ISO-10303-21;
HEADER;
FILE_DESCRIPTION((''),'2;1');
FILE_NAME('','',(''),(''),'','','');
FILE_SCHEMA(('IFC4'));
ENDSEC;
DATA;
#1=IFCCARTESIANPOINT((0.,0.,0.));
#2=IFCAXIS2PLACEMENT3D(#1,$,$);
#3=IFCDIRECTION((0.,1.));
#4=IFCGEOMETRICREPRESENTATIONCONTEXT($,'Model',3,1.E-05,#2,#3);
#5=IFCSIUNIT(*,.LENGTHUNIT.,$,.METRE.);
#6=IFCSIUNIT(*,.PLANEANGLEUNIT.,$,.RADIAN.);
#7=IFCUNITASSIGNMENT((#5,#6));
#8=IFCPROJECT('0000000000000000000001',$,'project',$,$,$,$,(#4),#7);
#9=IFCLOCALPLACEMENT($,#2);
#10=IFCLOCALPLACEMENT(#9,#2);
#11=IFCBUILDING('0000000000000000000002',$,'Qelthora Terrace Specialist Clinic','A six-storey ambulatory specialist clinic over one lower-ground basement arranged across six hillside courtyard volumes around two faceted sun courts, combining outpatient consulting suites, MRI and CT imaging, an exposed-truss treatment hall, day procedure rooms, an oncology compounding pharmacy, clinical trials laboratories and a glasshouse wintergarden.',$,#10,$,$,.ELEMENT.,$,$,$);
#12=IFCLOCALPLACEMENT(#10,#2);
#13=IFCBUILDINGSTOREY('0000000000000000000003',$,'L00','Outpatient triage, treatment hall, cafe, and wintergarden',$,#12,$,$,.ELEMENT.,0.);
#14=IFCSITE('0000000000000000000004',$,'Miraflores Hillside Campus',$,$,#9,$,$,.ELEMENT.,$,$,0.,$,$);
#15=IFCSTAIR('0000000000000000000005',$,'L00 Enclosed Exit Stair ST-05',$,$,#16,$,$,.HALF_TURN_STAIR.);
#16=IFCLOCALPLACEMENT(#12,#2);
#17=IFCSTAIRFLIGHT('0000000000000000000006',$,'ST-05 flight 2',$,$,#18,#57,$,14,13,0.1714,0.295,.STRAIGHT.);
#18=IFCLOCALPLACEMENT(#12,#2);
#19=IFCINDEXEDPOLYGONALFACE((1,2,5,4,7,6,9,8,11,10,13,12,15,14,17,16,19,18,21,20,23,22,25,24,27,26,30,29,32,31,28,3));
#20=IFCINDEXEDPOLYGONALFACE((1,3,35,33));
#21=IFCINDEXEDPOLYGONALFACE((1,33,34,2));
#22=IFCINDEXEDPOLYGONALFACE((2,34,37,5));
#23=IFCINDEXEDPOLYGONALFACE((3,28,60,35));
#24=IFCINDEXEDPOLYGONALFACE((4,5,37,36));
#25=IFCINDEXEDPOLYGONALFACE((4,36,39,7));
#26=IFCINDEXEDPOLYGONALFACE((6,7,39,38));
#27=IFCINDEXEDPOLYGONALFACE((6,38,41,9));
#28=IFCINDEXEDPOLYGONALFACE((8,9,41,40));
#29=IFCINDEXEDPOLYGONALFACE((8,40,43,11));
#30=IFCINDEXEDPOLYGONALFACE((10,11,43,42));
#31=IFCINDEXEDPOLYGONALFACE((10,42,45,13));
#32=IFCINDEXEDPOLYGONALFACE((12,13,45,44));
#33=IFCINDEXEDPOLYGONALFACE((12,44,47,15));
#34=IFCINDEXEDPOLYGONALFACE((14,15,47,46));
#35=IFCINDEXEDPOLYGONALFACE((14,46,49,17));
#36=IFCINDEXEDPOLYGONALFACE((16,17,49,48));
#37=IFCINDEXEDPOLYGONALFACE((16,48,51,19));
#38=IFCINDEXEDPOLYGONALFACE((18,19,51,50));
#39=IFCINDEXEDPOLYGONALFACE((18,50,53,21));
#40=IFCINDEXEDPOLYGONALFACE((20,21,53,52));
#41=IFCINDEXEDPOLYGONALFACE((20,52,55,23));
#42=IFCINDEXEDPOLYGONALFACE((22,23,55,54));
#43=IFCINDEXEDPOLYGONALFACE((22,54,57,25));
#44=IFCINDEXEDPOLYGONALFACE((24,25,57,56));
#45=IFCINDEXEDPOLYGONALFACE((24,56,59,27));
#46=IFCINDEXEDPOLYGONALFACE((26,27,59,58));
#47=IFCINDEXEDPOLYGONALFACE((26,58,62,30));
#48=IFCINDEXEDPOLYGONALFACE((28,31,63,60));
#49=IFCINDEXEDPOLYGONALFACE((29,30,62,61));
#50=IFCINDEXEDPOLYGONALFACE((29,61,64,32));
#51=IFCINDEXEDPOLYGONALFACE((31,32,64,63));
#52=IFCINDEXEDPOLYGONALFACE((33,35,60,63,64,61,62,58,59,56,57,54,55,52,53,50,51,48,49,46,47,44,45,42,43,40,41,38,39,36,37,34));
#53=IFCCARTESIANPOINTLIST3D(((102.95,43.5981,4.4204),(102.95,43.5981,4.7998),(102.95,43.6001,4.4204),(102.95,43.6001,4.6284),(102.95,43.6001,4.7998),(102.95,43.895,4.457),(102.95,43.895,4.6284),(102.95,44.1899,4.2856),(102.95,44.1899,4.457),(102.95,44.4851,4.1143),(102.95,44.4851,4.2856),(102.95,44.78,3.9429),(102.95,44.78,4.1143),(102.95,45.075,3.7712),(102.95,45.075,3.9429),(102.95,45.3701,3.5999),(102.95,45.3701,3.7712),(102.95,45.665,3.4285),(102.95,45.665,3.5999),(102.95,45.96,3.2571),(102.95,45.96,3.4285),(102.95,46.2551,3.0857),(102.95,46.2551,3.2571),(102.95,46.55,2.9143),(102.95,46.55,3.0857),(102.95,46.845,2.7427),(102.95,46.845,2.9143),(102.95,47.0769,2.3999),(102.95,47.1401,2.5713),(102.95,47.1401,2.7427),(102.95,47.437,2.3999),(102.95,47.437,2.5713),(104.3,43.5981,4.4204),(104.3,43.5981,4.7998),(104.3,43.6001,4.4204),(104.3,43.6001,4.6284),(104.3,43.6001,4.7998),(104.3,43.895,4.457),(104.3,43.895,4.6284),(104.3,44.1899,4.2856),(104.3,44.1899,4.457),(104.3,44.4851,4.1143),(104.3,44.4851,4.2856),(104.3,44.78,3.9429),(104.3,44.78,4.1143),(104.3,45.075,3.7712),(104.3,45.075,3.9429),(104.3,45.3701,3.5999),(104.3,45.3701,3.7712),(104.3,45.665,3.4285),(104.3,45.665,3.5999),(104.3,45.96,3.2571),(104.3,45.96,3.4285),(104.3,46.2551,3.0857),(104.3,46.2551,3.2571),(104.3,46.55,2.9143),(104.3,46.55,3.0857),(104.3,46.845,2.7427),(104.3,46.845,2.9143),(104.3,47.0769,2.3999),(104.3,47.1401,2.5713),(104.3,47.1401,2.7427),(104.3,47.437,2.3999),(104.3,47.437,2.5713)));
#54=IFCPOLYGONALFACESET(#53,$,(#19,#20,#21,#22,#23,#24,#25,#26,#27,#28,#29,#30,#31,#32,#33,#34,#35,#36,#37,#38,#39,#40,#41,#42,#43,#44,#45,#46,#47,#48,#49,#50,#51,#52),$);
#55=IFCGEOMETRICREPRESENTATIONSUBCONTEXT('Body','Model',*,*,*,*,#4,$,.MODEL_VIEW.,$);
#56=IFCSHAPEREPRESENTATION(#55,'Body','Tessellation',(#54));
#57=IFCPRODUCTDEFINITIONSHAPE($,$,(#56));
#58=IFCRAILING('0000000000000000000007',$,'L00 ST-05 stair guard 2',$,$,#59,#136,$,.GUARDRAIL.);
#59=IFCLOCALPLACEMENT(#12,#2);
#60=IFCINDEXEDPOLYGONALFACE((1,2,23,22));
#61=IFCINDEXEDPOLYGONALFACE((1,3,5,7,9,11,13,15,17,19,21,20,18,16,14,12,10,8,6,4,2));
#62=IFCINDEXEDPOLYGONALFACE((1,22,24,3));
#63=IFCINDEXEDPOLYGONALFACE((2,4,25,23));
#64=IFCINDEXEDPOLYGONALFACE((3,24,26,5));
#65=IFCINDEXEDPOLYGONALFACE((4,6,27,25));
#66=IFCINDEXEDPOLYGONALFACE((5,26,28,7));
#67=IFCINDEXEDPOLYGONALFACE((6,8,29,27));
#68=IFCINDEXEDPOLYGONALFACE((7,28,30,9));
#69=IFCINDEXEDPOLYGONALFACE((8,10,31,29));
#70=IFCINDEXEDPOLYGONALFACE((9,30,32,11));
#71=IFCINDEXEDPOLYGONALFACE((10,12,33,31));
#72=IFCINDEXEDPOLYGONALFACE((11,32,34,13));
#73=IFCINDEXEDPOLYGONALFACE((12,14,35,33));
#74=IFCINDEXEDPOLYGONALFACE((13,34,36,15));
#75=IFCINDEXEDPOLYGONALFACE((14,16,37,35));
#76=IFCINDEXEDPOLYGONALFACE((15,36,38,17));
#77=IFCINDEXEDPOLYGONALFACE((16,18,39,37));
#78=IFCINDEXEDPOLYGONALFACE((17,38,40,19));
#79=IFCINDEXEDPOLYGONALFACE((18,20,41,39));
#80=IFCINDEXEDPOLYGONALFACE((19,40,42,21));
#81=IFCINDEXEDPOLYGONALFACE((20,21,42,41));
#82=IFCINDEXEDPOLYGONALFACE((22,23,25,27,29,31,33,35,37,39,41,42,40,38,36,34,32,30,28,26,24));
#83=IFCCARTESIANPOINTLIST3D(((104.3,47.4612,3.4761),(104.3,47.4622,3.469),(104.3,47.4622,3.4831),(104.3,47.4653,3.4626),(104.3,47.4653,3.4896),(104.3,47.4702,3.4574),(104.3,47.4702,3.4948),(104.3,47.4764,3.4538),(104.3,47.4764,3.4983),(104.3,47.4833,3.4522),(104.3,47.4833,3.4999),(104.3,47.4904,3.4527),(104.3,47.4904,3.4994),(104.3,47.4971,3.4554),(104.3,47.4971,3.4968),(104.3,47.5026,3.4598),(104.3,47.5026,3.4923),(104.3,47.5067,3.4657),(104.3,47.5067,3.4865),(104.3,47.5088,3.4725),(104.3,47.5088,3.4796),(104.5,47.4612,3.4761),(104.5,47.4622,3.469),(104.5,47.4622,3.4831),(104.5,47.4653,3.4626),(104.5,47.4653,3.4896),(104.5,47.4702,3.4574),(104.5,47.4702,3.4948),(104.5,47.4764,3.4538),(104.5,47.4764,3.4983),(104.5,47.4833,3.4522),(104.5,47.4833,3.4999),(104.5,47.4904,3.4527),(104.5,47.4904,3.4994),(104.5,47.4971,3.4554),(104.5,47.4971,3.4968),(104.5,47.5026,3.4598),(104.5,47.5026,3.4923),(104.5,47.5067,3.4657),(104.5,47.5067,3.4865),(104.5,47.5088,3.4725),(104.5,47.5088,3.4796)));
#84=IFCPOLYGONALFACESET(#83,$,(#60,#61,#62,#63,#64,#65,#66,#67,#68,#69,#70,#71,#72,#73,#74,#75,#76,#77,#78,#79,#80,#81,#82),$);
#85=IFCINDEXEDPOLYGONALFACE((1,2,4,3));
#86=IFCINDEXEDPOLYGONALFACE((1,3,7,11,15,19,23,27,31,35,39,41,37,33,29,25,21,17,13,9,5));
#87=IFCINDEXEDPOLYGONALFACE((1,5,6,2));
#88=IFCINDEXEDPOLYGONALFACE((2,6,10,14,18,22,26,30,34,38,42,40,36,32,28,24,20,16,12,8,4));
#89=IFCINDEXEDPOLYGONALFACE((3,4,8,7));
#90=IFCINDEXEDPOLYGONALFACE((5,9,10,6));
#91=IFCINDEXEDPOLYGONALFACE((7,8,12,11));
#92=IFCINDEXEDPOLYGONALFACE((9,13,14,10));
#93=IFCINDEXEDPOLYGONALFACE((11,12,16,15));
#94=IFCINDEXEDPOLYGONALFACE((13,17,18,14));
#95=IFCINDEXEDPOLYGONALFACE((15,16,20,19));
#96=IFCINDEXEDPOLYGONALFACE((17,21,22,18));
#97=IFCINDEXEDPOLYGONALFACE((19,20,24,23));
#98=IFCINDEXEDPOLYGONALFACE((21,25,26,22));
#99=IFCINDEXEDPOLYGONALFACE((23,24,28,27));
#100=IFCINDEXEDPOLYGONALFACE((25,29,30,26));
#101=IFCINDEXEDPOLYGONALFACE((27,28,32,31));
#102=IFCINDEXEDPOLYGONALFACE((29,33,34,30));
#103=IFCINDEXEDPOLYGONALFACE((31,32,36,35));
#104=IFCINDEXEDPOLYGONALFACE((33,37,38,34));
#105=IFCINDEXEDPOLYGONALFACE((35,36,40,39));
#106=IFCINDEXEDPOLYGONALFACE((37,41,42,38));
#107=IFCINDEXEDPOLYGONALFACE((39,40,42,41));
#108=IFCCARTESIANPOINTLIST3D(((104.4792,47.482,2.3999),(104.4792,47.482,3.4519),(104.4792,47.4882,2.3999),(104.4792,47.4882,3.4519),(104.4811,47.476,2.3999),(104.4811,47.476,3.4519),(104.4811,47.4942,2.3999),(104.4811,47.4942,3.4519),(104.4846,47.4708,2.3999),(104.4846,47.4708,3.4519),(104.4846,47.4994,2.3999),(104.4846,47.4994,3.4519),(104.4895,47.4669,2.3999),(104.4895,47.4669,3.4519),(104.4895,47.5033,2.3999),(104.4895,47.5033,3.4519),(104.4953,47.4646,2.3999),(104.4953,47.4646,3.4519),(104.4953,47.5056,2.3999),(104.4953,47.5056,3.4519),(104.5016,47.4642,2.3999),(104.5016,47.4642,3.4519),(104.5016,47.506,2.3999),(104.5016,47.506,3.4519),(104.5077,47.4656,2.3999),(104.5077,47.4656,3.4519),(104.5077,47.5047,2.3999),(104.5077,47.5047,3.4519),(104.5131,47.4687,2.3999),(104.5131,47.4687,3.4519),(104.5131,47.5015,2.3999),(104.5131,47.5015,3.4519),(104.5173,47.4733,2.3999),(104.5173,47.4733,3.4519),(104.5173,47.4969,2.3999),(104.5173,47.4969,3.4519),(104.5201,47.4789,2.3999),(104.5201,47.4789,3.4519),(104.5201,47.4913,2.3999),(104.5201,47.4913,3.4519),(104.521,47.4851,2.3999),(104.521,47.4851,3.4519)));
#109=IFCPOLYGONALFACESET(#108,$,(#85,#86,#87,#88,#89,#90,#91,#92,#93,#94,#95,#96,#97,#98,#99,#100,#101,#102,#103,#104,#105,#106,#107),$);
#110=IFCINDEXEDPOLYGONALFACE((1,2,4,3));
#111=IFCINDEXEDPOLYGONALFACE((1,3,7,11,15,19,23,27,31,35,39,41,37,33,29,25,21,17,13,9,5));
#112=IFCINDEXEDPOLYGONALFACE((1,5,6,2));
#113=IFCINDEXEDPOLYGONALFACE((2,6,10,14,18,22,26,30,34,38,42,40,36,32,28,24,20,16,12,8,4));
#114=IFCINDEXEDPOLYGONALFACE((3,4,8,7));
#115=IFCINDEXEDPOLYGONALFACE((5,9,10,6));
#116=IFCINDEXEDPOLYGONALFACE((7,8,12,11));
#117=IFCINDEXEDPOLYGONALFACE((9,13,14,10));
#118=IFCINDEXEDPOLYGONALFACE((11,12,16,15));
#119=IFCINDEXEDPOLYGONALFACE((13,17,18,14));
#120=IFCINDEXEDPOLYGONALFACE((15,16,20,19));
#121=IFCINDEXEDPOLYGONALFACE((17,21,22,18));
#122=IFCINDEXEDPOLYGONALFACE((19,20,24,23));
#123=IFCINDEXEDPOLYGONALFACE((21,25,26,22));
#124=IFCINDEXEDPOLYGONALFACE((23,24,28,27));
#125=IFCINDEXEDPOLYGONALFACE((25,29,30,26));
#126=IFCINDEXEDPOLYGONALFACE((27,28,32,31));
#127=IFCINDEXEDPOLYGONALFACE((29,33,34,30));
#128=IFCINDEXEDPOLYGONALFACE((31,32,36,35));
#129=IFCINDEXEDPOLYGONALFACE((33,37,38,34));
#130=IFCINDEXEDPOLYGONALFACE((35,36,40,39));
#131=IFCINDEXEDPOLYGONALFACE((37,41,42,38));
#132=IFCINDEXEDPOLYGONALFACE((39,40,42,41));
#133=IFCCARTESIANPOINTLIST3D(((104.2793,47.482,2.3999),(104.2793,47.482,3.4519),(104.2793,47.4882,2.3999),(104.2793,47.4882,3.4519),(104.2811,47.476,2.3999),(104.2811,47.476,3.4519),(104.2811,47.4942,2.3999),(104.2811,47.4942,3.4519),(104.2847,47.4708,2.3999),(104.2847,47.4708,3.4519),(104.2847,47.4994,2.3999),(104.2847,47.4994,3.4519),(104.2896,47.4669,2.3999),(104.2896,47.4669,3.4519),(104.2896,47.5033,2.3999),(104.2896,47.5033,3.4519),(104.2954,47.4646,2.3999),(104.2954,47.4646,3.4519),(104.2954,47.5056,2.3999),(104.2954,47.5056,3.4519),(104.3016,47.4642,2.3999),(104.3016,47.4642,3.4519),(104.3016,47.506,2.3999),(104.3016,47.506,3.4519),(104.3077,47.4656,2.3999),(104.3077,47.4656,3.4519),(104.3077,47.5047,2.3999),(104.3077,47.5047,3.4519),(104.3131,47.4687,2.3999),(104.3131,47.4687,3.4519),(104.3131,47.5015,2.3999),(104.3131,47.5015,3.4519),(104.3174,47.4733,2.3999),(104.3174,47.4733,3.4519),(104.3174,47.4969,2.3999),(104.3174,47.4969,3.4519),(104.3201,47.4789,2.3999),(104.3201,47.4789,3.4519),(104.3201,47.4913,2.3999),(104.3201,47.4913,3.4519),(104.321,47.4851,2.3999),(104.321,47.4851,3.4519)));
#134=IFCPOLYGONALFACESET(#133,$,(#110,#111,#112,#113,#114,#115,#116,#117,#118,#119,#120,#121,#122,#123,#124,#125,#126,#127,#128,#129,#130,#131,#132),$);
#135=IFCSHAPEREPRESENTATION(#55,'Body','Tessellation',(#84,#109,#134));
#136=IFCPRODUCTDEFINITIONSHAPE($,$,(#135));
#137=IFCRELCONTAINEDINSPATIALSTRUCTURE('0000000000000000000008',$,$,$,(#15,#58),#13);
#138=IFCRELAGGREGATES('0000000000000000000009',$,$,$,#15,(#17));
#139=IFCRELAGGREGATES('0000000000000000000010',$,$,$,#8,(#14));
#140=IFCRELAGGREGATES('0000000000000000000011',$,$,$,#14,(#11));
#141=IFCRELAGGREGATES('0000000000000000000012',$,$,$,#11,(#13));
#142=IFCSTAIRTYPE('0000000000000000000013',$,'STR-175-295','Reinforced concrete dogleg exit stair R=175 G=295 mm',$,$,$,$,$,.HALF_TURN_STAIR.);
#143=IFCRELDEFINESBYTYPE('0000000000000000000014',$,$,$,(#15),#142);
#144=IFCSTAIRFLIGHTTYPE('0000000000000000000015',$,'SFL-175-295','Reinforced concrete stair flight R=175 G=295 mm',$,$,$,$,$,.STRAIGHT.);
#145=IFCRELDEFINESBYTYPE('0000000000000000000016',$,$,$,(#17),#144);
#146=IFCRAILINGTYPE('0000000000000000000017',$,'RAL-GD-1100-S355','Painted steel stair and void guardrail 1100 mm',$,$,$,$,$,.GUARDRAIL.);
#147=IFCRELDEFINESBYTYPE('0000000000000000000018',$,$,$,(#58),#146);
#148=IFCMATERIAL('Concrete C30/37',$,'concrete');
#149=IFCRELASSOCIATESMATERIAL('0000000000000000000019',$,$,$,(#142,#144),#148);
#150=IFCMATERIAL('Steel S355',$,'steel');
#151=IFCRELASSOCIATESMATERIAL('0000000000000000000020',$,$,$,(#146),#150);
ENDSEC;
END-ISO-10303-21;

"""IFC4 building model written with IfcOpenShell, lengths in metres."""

from ifc_helpers import new_model, si_unit, direction, frame, origin, origin_2d, place, context, subcontext, project, spatial, polyline, circle, outline, extrude, material, type_object, element, aggregate, save


model = new_model("IFC4")

# Units and contexts
model_context = context("Model", 3, precision=1e-05, world=origin(), true_north=direction((0.0, 1.0)))
body_context = subcontext(model_context, "Body", "Model", "MODEL_VIEW")
ifc_project = project(units=[si_unit("LENGTHUNIT", "METRE"), si_unit("PLANEANGLEUNIT", "RADIAN")], contexts=[model_context])

# Site, building, storey
site_placement = place(None, origin())
site = spatial("IfcSite", under=ifc_project, at=site_placement, Name="Miraflores Hillside Campus", CompositionType="ELEMENT", RefElevation=0.0)
building_placement = place(site_placement, origin())
building = spatial("IfcBuilding", under=site, at=building_placement, Name="Qelthora Terrace Specialist Clinic", Description="A six-storey ambulatory specialist clinic over one lower-ground basement arranged across six hillside courtyard volumes around two faceted sun courts, combining outpatient consulting suites, MRI and CT imaging, an exposed-truss treatment hall, day procedure rooms, an oncology compounding pharmacy, clinical trials laboratories and a glasshouse wintergarden.", CompositionType="ELEMENT")
storey_placement = place(building_placement, origin())
storey = spatial("IfcBuildingStorey", under=building, at=storey_placement, Name="L00", Description="Outpatient triage, treatment hall, cafe, and wintergarden", CompositionType="ELEMENT", Elevation=0.0)

# Shared definitions
ifc_material_1 = material(Name="Steel S355", Category="steel")

# Stair, stair flight
ifc_material_2 = material(Name="Concrete C30/37", Category="concrete")
stair_type = type_object("IfcStairType", Name="STR-175-295", Description="Reinforced concrete dogleg exit stair R=175 G=295 mm", PredefinedType="HALF_TURN_STAIR", material=ifc_material_2)
stair_placement = place(storey_placement, origin())
stair = element("IfcStair", 1, at=stair_placement, inside=storey, type_object=stair_type, Name="L00 Enclosed Exit Stair ST-05", PredefinedType="HALF_TURN_STAIR")
stair_flight_type = type_object("IfcStairFlightType", Name="SFL-175-295", Description="Reinforced concrete stair flight R=175 G=295 mm", PredefinedType="STRAIGHT", material=ifc_material_2)
stair_flight_1_placement = place(storey_placement, frame((103.625, 47.4351, 2.3999), z_axis=(0.0, 0.0, 1.0), x_axis=(0.0, -1.0, 0.0)))
stair_flight_1 = element("IfcStairFlight", 2, at=stair_flight_1_placement, type_object=stair_flight_type, Name="ST-05 flight 2", NumberOfRisers=14, NumberOfTreads=13, PredefinedType="STRAIGHT", RiserHeight=0.1714, TreadLength=0.295, context=body_context, shape_type="SweptSolid", body=[
    extrude(outline(polyline([(-0.002, 0.0), (-0.002, 0.1714), (0.2949, 0.1714), (0.2949, 0.3428), (0.5901, 0.3428), (0.5901, 0.5144), (0.885, 0.5144), (0.885, 0.6858), (1.1799, 0.6858), (1.1799, 0.8572), (1.4751, 0.8572), (1.4751, 1.0286), (1.77, 1.0286), (1.77, 1.2), (2.0649, 1.2), (2.0649, 1.3713), (2.3601, 1.3713), (2.3601, 1.543), (2.655, 1.543), (2.655, 1.7144), (2.95, 1.7144), (2.95, 1.8857), (3.2451, 1.8857), (3.2451, 2.0571), (3.54, 2.0571), (3.54, 2.2285), (3.835, 2.2285), (3.835, 2.3999), (3.8369, 2.3999), (3.8369, 2.0205), (3.835, 2.0205), (0.3582, 0.0), (-0.002, 0.0)])), frame((0.0, 0.675, 0.0), z_axis=(0.0, -1.0, 0.0), x_axis=(1.0, 0.0, 0.0)), (0.0, 0.0, 1.0), 1.3501),
])
aggregate(stair, [stair_flight_1])

# Railing
railing_type_1 = type_object("IfcRailingType", Name="RAL-GD-1100-S355", Description="Painted steel stair and void guardrail 1100 mm", PredefinedType="GUARDRAIL", material=ifc_material_1)
railing_1_placement = place(storey_placement, frame((104.5, 47.4851, 2.3999)))
element("IfcRailing", 3, at=railing_1_placement, inside=storey, type_object=railing_type_1, Name="L00 ST-05 stair guard 2", PredefinedType="GUARDRAIL", context=body_context, shape_type="SweptSolid", body=[
    extrude(circle(Radius=0.0239, at=origin_2d()), frame((0.0, 0.0, 1.0762), z_axis=(-1.0, 0.0, 0.0), x_axis=(0.0, -1.0, 0.0)), (0.0, 0.0, 1.0), 0.2),
    extrude(circle(Radius=0.021, at=origin_2d()), origin(), (0.0, 0.0, 1.0), 1.052),
    extrude(circle(Radius=0.021, at=origin_2d()), frame((-0.2, 0.0, 0.0)), (0.0, 0.0, 1.0), 1.052),
])

save(model, "model.ifc")
